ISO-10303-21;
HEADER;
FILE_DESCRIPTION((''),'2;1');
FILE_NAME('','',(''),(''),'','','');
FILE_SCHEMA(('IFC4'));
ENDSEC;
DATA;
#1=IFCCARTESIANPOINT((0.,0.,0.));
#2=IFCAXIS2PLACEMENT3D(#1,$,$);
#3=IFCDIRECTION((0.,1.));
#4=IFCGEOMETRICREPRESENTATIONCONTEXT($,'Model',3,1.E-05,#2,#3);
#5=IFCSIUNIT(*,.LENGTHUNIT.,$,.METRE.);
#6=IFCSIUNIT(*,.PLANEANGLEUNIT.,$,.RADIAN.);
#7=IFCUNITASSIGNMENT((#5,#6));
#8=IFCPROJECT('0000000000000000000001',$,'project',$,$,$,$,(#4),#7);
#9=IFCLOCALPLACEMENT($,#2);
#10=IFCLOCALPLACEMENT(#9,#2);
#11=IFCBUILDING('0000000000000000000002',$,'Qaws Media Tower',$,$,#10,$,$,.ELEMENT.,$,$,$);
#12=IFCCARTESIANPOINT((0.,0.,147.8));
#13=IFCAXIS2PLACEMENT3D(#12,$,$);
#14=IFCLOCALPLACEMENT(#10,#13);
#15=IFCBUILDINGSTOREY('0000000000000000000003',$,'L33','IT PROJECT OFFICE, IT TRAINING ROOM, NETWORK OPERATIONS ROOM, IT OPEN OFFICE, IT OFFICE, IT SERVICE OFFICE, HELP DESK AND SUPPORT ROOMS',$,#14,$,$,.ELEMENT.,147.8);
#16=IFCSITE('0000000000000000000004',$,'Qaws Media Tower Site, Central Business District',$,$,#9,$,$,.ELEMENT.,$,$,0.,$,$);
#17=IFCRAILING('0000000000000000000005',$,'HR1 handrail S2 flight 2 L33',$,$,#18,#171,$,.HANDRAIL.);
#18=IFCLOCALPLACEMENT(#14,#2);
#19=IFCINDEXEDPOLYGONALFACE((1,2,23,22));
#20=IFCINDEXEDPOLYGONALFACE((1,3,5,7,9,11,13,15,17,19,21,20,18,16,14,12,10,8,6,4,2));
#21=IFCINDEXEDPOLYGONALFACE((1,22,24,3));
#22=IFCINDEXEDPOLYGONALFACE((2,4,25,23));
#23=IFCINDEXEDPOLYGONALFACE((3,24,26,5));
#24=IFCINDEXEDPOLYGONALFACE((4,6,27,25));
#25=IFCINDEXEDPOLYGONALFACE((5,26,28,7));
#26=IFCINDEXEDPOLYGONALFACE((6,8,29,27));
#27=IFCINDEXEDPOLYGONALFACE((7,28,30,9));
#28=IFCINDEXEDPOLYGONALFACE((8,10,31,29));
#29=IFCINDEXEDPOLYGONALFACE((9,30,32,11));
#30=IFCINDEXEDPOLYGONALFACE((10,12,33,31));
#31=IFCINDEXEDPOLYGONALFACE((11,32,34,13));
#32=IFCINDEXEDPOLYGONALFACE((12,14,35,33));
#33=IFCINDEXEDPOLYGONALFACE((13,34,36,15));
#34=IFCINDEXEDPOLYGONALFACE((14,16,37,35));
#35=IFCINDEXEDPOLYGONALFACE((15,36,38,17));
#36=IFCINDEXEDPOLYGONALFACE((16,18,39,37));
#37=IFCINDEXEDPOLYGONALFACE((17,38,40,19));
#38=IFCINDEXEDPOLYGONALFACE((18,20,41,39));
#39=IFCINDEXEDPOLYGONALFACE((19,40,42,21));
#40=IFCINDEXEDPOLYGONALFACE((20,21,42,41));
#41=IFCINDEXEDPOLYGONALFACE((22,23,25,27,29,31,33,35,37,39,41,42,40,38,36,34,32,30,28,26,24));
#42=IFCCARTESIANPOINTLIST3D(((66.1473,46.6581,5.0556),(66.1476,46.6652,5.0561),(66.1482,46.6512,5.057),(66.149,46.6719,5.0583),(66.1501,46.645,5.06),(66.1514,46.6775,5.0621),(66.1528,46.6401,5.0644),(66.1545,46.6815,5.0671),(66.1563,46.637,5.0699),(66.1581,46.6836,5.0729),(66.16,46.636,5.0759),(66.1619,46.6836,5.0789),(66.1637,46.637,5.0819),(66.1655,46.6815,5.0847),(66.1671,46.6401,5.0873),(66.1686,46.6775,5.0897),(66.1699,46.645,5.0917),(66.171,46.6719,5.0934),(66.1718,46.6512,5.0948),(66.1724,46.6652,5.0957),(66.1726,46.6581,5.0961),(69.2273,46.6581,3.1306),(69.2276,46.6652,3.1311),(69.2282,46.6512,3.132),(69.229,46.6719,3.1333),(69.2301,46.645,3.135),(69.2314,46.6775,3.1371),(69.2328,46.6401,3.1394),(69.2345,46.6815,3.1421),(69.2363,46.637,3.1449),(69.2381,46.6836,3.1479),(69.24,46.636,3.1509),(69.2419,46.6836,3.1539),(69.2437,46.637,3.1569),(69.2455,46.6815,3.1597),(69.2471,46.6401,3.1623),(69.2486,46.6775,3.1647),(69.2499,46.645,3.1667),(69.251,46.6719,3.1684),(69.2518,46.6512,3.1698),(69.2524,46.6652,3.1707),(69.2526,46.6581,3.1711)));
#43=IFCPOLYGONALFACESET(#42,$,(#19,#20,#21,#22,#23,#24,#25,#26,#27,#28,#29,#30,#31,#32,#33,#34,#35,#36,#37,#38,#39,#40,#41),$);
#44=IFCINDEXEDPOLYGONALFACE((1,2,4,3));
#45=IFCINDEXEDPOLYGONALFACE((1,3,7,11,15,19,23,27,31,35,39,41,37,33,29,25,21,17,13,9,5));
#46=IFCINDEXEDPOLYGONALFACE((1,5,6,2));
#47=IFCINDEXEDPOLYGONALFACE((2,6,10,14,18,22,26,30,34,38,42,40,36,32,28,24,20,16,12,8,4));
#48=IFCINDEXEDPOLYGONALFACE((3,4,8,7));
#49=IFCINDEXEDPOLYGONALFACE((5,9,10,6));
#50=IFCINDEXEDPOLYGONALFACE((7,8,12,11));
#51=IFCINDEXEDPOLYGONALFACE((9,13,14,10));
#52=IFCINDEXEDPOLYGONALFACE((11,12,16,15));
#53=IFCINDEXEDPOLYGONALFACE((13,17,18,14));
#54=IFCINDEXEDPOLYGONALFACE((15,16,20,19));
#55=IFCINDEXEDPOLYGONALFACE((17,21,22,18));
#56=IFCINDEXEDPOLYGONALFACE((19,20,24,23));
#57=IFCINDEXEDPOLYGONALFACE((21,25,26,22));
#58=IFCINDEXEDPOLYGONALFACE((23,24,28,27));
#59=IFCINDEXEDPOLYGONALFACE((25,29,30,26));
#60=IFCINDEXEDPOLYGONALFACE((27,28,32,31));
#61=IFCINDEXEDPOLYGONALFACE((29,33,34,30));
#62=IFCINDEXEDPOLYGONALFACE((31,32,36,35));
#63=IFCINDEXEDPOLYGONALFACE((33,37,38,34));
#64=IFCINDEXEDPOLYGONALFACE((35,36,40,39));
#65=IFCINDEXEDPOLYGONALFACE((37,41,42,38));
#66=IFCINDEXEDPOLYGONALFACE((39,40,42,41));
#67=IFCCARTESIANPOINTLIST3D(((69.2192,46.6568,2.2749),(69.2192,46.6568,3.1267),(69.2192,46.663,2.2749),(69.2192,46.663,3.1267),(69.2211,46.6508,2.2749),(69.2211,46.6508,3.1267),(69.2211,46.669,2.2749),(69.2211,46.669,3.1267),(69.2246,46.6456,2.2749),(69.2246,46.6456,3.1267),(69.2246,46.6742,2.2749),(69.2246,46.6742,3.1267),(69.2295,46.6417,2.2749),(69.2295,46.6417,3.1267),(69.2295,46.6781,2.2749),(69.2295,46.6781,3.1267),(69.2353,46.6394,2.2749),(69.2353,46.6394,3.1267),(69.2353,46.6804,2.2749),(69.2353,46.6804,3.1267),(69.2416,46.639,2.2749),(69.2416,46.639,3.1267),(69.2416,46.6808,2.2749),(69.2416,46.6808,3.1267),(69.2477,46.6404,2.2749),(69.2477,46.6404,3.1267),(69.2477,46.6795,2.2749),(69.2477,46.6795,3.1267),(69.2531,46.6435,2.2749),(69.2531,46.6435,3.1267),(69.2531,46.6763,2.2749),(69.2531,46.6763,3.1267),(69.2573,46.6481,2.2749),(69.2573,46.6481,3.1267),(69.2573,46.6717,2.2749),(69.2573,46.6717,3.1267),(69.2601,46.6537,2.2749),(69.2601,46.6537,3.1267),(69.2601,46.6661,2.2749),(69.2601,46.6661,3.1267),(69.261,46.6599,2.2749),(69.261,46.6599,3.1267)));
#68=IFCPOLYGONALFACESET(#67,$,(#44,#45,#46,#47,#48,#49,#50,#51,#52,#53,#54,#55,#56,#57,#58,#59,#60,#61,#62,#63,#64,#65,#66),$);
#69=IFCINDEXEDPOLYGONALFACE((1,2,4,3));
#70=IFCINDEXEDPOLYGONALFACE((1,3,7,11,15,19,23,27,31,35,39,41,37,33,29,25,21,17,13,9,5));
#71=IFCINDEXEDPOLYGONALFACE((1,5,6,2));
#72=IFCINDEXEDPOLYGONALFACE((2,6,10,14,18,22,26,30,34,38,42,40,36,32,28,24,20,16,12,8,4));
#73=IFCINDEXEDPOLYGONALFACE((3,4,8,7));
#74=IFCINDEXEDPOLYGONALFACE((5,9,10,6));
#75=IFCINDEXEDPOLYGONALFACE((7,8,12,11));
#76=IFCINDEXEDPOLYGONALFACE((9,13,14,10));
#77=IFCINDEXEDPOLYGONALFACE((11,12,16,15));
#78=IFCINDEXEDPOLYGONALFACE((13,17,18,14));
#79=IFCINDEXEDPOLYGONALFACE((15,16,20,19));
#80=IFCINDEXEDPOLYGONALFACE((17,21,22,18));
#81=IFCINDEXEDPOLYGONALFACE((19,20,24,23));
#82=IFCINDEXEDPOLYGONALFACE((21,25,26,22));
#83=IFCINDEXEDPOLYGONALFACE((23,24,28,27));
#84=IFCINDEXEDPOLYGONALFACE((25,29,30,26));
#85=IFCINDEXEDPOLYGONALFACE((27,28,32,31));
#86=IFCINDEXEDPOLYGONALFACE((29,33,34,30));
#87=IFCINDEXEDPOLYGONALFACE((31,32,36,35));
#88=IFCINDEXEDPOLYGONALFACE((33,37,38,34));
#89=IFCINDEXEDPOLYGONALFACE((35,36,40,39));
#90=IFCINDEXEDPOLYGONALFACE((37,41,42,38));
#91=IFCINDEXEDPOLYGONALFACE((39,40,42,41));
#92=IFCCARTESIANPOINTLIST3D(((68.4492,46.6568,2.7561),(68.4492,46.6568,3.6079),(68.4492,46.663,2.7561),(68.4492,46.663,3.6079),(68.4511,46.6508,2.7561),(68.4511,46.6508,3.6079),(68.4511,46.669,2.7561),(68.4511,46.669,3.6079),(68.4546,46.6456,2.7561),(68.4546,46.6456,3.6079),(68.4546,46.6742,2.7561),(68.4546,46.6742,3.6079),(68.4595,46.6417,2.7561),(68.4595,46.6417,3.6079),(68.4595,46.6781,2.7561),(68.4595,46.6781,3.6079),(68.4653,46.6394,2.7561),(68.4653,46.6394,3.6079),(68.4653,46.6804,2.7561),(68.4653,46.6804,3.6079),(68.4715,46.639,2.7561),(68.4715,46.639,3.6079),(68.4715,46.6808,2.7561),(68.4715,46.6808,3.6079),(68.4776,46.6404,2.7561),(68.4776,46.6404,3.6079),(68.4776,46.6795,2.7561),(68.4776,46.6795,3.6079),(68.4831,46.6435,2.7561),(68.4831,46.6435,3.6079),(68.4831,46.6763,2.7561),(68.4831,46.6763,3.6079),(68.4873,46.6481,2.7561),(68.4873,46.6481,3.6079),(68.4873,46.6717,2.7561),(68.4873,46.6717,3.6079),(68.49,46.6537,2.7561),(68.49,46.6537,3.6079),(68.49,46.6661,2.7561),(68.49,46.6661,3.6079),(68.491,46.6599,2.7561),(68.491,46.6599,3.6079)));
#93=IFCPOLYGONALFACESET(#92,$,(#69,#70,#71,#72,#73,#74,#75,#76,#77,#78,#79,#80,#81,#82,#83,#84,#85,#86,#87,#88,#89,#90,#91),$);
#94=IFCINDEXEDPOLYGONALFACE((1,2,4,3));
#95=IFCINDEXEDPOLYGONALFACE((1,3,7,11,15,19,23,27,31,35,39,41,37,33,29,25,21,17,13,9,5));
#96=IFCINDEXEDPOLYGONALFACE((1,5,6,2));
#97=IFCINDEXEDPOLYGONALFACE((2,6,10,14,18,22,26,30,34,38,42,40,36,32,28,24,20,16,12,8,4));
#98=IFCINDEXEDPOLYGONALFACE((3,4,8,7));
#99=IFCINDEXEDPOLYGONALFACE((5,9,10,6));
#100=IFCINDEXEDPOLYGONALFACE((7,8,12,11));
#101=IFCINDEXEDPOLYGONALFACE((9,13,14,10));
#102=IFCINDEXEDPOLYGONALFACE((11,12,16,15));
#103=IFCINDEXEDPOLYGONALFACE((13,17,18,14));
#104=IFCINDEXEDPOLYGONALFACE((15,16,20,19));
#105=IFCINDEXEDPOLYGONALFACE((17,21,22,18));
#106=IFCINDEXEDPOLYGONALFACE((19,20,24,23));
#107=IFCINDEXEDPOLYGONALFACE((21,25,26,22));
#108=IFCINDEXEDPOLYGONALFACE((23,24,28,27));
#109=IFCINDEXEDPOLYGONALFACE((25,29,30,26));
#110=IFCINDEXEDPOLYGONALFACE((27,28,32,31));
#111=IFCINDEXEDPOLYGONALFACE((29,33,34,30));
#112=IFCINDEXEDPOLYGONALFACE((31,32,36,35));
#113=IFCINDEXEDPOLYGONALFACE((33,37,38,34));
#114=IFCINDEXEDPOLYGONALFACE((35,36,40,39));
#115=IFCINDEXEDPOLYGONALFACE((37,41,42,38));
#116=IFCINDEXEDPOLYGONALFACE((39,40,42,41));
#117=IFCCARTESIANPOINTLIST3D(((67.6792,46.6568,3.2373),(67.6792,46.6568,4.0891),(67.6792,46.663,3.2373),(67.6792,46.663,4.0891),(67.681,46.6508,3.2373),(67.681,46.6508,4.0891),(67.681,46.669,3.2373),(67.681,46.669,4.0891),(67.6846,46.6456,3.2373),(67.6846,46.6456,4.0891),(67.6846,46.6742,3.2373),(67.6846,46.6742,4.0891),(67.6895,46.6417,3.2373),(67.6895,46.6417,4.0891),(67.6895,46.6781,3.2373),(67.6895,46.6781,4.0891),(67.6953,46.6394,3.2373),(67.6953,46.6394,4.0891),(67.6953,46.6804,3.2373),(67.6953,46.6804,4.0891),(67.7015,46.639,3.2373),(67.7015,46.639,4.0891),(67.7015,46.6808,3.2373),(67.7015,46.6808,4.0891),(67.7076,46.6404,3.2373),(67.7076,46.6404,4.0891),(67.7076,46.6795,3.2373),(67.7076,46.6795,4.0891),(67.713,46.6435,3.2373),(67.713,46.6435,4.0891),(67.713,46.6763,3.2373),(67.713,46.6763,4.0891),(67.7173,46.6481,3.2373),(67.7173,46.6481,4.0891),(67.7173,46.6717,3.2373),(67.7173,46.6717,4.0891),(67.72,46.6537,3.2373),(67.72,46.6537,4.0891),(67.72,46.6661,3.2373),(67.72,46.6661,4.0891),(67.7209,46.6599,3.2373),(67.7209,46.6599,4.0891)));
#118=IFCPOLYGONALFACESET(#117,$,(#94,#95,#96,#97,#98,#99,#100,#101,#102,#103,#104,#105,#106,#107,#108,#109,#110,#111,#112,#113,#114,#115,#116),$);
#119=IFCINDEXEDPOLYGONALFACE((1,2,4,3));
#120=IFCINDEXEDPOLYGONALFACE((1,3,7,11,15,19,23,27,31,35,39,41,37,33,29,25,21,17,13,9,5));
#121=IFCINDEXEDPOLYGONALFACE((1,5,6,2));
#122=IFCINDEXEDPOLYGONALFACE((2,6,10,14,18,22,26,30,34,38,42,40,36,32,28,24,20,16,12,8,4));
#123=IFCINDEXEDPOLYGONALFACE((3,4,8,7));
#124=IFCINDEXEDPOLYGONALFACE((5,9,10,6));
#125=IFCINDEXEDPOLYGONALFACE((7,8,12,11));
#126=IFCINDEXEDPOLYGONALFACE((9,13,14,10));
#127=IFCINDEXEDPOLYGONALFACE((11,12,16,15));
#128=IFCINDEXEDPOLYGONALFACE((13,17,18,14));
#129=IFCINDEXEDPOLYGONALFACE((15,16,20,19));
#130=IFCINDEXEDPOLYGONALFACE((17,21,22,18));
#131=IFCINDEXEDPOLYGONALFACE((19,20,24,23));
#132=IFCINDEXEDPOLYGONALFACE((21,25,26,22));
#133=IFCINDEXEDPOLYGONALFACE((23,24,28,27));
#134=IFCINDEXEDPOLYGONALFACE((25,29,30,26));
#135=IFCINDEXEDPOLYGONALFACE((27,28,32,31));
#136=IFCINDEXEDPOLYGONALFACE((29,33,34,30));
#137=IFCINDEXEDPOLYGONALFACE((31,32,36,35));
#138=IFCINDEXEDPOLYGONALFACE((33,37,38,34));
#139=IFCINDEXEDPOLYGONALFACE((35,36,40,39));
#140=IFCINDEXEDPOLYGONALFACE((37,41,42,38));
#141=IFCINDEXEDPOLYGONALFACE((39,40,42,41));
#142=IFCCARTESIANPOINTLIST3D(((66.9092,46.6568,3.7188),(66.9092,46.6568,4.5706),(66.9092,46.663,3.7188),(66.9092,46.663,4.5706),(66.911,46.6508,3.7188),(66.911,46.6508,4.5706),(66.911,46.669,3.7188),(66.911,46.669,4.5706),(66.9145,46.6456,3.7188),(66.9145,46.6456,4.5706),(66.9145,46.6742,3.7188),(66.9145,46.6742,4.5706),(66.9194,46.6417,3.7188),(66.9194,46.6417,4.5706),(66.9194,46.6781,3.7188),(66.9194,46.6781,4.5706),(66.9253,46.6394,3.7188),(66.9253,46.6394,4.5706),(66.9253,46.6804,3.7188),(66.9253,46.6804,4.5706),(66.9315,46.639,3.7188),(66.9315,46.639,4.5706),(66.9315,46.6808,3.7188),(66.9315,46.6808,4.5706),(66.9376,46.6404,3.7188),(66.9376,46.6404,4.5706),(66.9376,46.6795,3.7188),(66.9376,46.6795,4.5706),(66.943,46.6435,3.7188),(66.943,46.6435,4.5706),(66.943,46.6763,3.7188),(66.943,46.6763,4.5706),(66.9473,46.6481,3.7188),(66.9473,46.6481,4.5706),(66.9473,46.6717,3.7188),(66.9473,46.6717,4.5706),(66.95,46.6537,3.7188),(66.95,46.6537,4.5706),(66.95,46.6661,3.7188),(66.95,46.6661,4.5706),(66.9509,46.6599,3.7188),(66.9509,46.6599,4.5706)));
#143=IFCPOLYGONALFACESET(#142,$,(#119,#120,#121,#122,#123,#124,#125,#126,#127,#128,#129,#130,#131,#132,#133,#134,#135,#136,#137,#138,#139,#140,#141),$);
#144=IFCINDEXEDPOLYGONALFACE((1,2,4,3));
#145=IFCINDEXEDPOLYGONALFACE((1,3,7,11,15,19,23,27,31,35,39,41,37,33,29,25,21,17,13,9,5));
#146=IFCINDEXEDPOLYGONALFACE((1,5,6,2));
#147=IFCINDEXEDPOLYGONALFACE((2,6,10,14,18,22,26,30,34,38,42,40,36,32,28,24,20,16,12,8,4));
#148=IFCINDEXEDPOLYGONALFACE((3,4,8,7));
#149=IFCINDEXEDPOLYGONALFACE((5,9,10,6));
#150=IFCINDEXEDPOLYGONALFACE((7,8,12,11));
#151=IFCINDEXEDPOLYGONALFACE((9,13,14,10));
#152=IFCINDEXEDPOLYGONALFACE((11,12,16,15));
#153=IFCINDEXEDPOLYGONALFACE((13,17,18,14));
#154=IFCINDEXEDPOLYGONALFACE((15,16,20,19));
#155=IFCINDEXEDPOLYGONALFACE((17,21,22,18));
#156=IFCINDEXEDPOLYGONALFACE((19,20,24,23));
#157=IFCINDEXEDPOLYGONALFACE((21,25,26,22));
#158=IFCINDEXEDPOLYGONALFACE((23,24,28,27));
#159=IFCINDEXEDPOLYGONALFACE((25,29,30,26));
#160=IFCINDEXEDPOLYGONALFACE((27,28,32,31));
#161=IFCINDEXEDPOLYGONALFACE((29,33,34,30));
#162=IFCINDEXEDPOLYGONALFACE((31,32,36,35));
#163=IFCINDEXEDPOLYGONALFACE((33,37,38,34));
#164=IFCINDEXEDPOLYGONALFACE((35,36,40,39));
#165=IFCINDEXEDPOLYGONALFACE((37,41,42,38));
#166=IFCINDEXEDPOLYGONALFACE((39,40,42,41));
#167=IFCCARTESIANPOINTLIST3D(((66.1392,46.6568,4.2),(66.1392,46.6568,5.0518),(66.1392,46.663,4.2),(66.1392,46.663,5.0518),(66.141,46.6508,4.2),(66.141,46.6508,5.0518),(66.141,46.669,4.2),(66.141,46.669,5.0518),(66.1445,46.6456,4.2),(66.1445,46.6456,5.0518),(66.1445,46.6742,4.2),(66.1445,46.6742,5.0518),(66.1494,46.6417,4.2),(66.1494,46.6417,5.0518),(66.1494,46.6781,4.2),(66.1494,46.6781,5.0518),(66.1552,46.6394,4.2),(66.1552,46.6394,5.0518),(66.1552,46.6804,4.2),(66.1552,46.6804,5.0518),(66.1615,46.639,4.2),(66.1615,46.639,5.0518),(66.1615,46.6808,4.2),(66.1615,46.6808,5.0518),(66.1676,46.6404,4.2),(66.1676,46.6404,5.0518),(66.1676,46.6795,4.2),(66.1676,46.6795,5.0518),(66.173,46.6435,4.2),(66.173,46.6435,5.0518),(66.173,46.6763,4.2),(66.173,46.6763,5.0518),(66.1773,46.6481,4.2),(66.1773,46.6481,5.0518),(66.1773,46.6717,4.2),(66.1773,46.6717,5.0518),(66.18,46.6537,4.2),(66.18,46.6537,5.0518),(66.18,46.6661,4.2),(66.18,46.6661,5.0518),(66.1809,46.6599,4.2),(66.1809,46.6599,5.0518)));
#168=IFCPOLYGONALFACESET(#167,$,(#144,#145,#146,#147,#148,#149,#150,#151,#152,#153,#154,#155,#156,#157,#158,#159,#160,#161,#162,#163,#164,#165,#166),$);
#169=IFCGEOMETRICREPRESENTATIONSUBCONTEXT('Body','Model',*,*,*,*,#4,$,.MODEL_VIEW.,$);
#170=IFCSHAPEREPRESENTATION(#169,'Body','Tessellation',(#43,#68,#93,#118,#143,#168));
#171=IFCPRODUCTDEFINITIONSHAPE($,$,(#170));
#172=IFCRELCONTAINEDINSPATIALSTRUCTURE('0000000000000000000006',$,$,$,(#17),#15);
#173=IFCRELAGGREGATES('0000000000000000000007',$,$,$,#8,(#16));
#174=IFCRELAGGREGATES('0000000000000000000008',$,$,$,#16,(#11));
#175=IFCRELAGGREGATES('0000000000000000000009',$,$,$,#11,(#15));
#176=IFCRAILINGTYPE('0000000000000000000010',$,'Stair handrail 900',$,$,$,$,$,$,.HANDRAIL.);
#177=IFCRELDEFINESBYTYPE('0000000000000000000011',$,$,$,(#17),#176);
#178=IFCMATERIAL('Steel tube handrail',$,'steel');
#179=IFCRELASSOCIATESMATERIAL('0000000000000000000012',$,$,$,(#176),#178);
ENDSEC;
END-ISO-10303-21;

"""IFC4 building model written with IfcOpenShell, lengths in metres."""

from ifc_helpers import new_model, si_unit, direction, frame, origin, origin_2d, place, context, subcontext, project, spatial, circle, extrude, material, type_object, element, save


model = new_model("IFC4")

# Units and contexts
model_context = context("Model", 3, precision=1e-05, world=origin(), true_north=direction((0.0, 1.0)))
body_context = subcontext(model_context, "Body", "Model", "MODEL_VIEW")
ifc_project = project(units=[si_unit("LENGTHUNIT", "METRE"), si_unit("PLANEANGLEUNIT", "RADIAN")], contexts=[model_context])

# Site, building, storey
site_placement = place(None, origin())
site = spatial("IfcSite", under=ifc_project, at=site_placement, Name="Qaws Media Tower Site, Central Business District", CompositionType="ELEMENT", RefElevation=0.0)
building_placement = place(site_placement, origin())
building = spatial("IfcBuilding", under=site, at=building_placement, Name="Qaws Media Tower", CompositionType="ELEMENT")
storey_placement = place(building_placement, frame((0.0, 0.0, 147.8)))
storey = spatial("IfcBuildingStorey", under=building, at=storey_placement, Name="L33", Description="IT PROJECT OFFICE, IT TRAINING ROOM, NETWORK OPERATIONS ROOM, IT OPEN OFFICE, IT OFFICE, IT SERVICE OFFICE, HELP DESK AND SUPPORT ROOMS", CompositionType="ELEMENT", Elevation=147.8)

# Railing
ifc_material_1 = material(Name="Steel tube handrail", Category="steel")
railing_type = type_object("IfcRailingType", Name="Stair handrail 900", PredefinedType="HANDRAIL", material=ifc_material_1)
for number, where, name in (
    (1, (69.24, 46.6599, 2.2749), "HR1 handrail S2 flight 2 L33"),
):
    element("IfcRailing", number, at=place(storey_placement, frame(where)), inside=storey, type_object=railing_type, Name=name, PredefinedType="HANDRAIL", context=body_context, shape_type="SweptSolid", body=[
        extrude(circle(Radius=0.0239, at=origin_2d()), frame((0.0, 0.0, 0.876), z_axis=(-0.847998, 0.0, 0.529999), x_axis=(0.0, -1.0, 0.0)), (0.0, 0.0, 1.0), 3.6321),
        extrude(circle(Radius=0.021, at=origin_2d()), origin(), (0.0, 0.0, 1.0), 0.8518),
        extrude(circle(Radius=0.021, at=origin_2d()), frame((-0.77, 0.0, 0.4812)), (0.0, 0.0, 1.0), 0.8518),
        extrude(circle(Radius=0.021, at=origin_2d()), frame((-1.54, 0.0, 0.9624)), (0.0, 0.0, 1.0), 0.8518),
        extrude(circle(Radius=0.021, at=origin_2d()), frame((-2.3101, 0.0, 1.4438)), (0.0, 0.0, 1.0), 0.8518),
        extrude(circle(Radius=0.021, at=origin_2d()), frame((-3.0801, 0.0, 1.925)), (0.0, 0.0, 1.0), 0.8518),
    ])

save(model, "model.ifc")
